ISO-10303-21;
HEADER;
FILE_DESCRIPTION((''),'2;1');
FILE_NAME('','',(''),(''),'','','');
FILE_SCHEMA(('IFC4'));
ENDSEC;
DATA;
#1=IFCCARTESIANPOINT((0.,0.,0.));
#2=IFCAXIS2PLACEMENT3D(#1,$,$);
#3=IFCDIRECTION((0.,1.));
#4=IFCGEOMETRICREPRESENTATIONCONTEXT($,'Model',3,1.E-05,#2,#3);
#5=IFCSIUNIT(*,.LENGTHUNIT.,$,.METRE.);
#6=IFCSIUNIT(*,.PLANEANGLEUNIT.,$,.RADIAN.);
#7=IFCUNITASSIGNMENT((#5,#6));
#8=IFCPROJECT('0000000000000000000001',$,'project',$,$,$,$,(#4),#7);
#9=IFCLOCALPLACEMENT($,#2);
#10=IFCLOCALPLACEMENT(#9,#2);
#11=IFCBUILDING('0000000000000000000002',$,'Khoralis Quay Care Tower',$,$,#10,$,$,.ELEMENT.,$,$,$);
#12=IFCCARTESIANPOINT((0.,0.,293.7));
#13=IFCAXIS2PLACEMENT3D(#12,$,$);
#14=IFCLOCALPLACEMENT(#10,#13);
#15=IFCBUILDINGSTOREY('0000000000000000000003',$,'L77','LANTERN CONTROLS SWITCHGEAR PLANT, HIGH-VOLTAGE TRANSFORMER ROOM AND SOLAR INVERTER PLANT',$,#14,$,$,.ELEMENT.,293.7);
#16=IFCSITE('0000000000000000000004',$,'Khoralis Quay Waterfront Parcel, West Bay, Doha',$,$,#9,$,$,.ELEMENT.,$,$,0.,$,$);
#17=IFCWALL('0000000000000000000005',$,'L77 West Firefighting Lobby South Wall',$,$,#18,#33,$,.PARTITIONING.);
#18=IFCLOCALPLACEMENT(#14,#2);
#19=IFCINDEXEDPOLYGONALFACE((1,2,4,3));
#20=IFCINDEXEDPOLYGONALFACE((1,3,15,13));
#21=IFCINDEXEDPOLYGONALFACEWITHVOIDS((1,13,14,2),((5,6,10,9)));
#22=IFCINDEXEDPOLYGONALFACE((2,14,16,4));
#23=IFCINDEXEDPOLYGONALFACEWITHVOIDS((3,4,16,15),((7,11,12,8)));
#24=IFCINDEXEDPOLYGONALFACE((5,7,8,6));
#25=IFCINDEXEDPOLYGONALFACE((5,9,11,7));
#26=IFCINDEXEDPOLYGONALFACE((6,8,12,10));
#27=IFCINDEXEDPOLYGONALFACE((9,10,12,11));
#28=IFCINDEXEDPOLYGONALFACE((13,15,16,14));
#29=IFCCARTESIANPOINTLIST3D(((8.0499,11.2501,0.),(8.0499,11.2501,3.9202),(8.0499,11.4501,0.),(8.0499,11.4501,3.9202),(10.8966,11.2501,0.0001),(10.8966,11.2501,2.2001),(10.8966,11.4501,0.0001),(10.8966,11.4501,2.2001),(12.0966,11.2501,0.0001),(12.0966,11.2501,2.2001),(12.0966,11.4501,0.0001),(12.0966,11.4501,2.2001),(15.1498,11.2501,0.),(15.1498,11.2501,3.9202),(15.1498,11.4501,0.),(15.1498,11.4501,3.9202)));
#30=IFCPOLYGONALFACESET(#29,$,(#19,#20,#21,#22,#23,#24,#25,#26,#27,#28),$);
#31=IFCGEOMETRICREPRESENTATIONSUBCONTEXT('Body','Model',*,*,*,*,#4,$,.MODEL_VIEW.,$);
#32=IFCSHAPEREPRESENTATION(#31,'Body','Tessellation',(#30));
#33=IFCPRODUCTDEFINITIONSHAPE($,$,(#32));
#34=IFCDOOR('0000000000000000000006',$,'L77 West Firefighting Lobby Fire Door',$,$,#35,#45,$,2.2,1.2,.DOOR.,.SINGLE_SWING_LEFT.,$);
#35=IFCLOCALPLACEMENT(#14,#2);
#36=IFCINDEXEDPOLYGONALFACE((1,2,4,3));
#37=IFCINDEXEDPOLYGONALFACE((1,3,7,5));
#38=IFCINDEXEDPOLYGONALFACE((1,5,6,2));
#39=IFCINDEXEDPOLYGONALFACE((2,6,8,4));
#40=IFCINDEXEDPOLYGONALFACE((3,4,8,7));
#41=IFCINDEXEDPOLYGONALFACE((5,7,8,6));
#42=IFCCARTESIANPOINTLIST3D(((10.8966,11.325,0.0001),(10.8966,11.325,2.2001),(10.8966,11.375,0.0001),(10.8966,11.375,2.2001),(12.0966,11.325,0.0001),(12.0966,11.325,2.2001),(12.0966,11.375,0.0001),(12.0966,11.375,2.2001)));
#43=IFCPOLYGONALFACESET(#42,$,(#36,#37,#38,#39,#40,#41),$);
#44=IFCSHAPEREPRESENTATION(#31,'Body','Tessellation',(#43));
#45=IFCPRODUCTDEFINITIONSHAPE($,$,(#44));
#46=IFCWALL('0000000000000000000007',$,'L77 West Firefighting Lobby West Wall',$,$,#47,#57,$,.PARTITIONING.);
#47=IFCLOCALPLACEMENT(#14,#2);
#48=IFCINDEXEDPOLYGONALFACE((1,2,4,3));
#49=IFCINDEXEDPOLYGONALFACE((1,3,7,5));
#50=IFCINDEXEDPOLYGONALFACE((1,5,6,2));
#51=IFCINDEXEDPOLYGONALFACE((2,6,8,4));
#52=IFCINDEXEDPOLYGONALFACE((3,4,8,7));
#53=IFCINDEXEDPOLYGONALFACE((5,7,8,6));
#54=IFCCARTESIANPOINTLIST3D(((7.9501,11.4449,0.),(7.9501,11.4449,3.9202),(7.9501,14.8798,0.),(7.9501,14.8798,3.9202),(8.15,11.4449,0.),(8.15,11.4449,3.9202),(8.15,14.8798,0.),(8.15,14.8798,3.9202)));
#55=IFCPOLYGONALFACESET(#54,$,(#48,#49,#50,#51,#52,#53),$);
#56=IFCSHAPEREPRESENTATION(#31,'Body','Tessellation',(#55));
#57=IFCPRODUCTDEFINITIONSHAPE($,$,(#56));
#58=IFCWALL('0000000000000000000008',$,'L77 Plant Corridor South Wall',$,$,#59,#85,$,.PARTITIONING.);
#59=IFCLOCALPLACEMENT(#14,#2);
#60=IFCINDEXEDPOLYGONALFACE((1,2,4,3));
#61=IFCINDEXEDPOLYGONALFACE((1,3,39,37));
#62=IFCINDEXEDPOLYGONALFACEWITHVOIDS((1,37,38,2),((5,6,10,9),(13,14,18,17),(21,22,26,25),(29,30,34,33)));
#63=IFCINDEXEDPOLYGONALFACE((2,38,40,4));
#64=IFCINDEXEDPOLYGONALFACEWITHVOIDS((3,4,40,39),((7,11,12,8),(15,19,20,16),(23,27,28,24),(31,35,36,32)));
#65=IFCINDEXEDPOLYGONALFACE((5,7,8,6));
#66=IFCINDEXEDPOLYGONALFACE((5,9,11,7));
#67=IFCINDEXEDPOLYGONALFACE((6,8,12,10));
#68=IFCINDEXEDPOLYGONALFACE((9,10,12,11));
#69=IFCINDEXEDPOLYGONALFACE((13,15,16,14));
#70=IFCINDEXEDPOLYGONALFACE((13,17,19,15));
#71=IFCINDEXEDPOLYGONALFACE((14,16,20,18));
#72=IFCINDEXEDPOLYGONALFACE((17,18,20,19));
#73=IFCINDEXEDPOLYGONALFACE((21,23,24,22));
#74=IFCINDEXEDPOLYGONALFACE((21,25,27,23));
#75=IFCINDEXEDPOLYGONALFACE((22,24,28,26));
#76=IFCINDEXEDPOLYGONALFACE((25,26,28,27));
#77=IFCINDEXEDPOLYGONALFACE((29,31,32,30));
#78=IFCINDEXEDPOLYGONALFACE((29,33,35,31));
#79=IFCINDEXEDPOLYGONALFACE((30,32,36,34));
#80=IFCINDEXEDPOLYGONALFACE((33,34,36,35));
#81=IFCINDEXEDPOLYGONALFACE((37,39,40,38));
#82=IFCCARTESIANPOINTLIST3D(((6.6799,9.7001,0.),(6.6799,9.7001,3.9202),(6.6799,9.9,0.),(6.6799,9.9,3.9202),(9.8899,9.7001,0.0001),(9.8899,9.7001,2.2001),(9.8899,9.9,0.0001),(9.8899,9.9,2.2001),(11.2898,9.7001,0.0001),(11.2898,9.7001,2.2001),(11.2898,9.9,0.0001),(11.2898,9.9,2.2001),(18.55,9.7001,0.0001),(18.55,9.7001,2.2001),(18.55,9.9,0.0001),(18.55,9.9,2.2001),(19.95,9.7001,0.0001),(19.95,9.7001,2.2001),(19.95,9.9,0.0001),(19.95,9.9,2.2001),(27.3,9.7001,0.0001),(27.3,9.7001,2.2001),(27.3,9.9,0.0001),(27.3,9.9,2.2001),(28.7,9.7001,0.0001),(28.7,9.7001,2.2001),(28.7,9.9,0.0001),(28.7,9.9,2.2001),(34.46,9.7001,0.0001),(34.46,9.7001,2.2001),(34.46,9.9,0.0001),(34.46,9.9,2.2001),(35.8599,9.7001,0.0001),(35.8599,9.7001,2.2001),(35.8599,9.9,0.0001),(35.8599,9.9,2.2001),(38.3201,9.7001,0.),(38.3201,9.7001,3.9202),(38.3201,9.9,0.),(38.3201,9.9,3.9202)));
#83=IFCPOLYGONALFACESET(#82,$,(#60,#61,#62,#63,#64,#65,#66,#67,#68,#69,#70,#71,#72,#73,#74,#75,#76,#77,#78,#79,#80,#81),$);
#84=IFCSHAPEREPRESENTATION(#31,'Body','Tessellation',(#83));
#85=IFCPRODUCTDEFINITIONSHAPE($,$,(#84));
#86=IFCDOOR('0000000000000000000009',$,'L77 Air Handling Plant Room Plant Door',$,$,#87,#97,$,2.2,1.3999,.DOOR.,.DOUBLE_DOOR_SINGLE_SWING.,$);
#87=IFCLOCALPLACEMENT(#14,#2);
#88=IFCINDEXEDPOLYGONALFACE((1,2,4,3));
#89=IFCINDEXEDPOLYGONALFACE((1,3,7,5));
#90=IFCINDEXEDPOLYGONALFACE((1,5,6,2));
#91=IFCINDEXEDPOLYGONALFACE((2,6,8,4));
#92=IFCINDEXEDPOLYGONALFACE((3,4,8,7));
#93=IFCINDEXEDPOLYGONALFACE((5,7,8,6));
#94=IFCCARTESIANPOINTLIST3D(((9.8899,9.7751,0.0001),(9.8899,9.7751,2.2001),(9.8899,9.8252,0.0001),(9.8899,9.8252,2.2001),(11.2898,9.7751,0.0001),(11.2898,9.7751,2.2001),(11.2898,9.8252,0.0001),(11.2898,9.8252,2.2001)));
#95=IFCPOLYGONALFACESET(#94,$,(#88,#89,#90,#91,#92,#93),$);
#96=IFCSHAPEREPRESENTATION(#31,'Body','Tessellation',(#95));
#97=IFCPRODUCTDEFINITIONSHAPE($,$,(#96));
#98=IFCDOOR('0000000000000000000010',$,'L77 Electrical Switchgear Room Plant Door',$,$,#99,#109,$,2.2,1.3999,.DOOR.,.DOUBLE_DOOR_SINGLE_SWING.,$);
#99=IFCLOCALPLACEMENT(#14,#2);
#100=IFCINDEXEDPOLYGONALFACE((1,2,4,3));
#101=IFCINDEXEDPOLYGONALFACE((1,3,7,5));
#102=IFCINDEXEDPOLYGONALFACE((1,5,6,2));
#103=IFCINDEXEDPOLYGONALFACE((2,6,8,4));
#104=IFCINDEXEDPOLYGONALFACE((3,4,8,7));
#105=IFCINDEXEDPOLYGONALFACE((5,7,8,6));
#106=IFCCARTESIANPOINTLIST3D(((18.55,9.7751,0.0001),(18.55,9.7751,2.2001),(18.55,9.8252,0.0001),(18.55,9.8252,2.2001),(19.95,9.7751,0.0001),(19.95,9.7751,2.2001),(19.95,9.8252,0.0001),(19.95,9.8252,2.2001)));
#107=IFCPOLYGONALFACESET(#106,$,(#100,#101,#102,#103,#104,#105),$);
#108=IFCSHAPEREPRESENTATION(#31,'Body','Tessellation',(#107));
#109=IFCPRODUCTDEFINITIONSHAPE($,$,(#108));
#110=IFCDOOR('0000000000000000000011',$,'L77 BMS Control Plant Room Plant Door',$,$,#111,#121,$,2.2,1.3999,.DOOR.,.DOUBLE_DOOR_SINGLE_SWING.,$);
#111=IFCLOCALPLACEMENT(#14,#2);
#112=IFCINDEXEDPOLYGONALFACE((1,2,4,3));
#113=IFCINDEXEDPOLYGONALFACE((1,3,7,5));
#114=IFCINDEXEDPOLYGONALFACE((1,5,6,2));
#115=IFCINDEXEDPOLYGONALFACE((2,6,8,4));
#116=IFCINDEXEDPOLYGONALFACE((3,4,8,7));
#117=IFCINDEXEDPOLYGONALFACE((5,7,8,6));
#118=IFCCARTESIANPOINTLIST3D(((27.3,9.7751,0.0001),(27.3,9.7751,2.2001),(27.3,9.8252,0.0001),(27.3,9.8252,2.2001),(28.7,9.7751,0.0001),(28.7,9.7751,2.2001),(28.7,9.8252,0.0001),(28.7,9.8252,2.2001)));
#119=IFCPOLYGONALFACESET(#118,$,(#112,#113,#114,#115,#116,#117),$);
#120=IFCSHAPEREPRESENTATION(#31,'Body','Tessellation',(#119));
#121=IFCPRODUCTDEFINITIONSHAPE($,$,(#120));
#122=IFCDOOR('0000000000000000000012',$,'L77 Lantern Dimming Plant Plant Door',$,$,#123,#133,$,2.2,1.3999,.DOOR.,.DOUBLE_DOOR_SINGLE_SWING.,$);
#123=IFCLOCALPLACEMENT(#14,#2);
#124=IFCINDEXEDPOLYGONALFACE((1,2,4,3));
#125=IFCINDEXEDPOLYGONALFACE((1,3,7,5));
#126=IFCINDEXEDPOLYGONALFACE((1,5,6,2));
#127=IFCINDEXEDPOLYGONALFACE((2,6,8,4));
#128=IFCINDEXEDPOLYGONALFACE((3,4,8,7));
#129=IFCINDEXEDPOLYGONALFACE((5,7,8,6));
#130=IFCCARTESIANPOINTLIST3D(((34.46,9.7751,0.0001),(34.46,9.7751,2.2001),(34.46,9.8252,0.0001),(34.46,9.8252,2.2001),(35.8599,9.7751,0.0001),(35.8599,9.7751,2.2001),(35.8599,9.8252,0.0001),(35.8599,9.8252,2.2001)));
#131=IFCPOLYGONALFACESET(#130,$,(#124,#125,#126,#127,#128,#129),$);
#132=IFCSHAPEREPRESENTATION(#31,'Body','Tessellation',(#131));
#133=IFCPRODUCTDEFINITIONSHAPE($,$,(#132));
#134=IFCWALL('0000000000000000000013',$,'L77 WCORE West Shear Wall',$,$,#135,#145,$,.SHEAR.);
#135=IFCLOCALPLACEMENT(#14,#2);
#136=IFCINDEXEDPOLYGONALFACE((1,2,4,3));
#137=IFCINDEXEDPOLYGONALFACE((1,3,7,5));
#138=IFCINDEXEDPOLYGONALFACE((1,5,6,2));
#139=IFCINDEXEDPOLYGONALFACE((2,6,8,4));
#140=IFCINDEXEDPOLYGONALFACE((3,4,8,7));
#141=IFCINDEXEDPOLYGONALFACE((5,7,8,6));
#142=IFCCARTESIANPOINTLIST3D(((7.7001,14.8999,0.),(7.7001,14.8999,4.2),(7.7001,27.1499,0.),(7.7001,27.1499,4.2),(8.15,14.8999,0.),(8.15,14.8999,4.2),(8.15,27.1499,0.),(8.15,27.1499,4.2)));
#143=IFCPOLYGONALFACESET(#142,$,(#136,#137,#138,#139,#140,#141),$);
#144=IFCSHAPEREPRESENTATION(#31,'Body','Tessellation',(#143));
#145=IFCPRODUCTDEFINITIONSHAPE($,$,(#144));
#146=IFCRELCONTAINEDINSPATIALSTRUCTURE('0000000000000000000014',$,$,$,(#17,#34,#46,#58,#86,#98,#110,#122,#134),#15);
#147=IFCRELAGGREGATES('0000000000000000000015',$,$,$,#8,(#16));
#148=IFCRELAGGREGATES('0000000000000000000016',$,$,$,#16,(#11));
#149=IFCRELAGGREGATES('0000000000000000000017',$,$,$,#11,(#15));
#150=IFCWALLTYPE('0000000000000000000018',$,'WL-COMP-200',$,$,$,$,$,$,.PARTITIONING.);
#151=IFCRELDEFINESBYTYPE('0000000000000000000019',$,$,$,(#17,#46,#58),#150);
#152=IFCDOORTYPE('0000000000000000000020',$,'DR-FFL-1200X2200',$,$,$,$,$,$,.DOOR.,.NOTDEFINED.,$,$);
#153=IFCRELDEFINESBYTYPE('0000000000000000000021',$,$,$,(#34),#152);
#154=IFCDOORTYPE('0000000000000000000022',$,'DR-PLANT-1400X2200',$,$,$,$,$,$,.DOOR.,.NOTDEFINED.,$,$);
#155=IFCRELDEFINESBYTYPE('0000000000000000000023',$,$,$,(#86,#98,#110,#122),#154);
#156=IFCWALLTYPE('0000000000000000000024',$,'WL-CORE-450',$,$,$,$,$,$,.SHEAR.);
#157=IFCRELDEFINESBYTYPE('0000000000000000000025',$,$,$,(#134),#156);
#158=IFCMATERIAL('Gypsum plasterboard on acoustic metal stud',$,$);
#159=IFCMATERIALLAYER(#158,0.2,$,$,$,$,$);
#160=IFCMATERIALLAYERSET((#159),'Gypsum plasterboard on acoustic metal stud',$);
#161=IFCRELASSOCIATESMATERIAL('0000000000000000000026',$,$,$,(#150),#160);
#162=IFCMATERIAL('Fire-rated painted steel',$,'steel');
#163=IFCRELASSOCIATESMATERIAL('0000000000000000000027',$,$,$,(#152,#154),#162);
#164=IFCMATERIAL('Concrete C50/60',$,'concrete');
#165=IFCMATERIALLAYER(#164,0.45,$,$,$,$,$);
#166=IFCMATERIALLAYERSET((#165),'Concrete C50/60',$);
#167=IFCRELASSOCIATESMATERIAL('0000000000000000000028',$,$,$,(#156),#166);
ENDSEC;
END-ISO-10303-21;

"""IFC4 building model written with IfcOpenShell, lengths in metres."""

from ifc_helpers import new_model, si_unit, direction, frame, frame_2d, origin, place, context, subcontext, project, spatial, rectangle, extrude, source, transform, mapped, material, layer, layer_set, type_object, element, fill, save


model = new_model("IFC4")

# Units and contexts
model_context = context("Model", 3, precision=1e-05, world=origin(), true_north=direction((0.0, 1.0)))
body_context = subcontext(model_context, "Body", "Model", "MODEL_VIEW")
ifc_project = project(units=[si_unit("LENGTHUNIT", "METRE"), si_unit("PLANEANGLEUNIT", "RADIAN")], contexts=[model_context])

# Site, building, storey
site_placement = place(None, origin())
site = spatial("IfcSite", under=ifc_project, at=site_placement, Name="Khoralis Quay Waterfront Parcel, West Bay, Doha", CompositionType="ELEMENT", RefElevation=0.0)
building_placement = place(site_placement, origin())
building = spatial("IfcBuilding", under=site, at=building_placement, Name="Khoralis Quay Care Tower", CompositionType="ELEMENT")
storey_placement = place(building_placement, frame((0.0, 0.0, 293.7)))
storey = spatial("IfcBuildingStorey", under=building, at=storey_placement, Name="L77", Description="LANTERN CONTROLS SWITCHGEAR PLANT, HIGH-VOLTAGE TRANSFORMER ROOM AND SOLAR INVERTER PLANT", CompositionType="ELEMENT", Elevation=293.7)

# Wall, opening, door
ifc_material_1 = material(Name="Gypsum plasterboard on acoustic metal stud")
ifc_layer_1 = layer(ifc_material_1, 0.2)
ifc_layer_set_1 = layer_set([ifc_layer_1], Name="Gypsum plasterboard on acoustic metal stud")
wall_type_1 = type_object("IfcWallType", Name="WL-COMP-200", PredefinedType="PARTITIONING", material=ifc_layer_set_1)
wall_1_placement = place(storey_placement, frame((8.05, 11.3501, 0.0), z_axis=(0.0, 0.0, 1.0), x_axis=(1.0, 0.0, 0.0)))
wall_1 = element("IfcWall", 1, at=wall_1_placement, inside=storey, type_object=wall_type_1, Name="L77 West Firefighting Lobby South Wall", PredefinedType="PARTITIONING", context=body_context, shape_type="SweptSolid", body=[
    extrude(rectangle(XDim=7.0999, YDim=0.2, at=frame_2d((3.5498, 0.0))), origin(), (0.0, 0.0, 1.0), 3.9202),
])
opening_1_placement = place(wall_1_placement, frame((2.8464, 0.0, 0.0)))
opening_1 = element("IfcOpeningElement", 2, at=opening_1_placement, cuts=wall_1, PredefinedType="OPENING", context=body_context, shape_type="SweptSolid", body=[
    extrude(rectangle(XDim=1.2, YDim=2.2, at=frame_2d((0.6001, 1.1001))), frame((0.0, 0.1099, 0.0), z_axis=(0.0, -1.0, 0.0), x_axis=(1.0, 0.0, 0.0)), (0.0, 0.0, 1.0), 0.22),
])
ifc_material_2 = material(Name="Fire-rated painted steel", Category="steel")
door_type_1 = type_object("IfcDoorType", Name="DR-FFL-1200X2200", OperationType="NOTDEFINED", PredefinedType="DOOR", material=ifc_material_2)
shared_shape_1 = source(origin(), body_context, "Body", "SweptSolid", [
    extrude(rectangle(XDim=1.2, YDim=2.2, at=frame_2d((0.6001, 1.1001))), frame((0.0, 0.0249, 0.0), z_axis=(0.0, -1.0, 0.0), x_axis=(1.0, 0.0, 0.0)), (0.0, 0.0, 1.0), 0.05),
])
door_1_placement = place(opening_1_placement, origin())
door_1 = element("IfcDoor", 3, at=door_1_placement, inside=storey, type_object=door_type_1, Name="L77 West Firefighting Lobby Fire Door", OperationType="SINGLE_SWING_LEFT", OverallHeight=2.2, OverallWidth=1.2, PredefinedType="DOOR", context=body_context, shape_type="MappedRepresentation", body=[
    mapped(shared_shape_1, transform((0.0, 0.0, 0.0), scale=1.0)),
])
fill(opening_1, door_1)

# Wall
wall_2_placement = place(storey_placement, frame((8.05, 11.4451, 0.0), z_axis=(0.0, 0.0, 1.0), x_axis=(0.0, 1.0, 0.0)))
element("IfcWall", 4, at=wall_2_placement, inside=storey, type_object=wall_type_1, Name="L77 West Firefighting Lobby West Wall", PredefinedType="PARTITIONING", context=body_context, shape_type="SweptSolid", body=[
    extrude(rectangle(XDim=3.4348, YDim=0.2, at=frame_2d((1.7173, 0.0))), origin(), (0.0, 0.0, 1.0), 3.9202),
])

# Wall, openings, doors
wall_3_placement = place(storey_placement, frame((6.6799, 9.8, 0.0), z_axis=(0.0, 0.0, 1.0), x_axis=(1.0, 0.0, 0.0)))
wall_3 = element("IfcWall", 5, at=wall_3_placement, inside=storey, type_object=wall_type_1, Name="L77 Plant Corridor South Wall", PredefinedType="PARTITIONING", context=body_context, shape_type="SweptSolid", body=[
    extrude(rectangle(XDim=31.6401, YDim=0.2, at=frame_2d((15.8201, 0.0))), origin(), (0.0, 0.0, 1.0), 3.9202),
])
opening_2_placement = place(wall_3_placement, frame((3.21, 0.0, 0.0)))
opening_2 = element("IfcOpeningElement", 6, at=opening_2_placement, cuts=wall_3, PredefinedType="OPENING", context=body_context, shape_type="SweptSolid", body=[
    extrude(rectangle(XDim=1.3999, YDim=2.2, at=frame_2d((0.7, 1.1001))), frame((0.0, 0.1099, 0.0), z_axis=(0.0, -1.0, 0.0), x_axis=(1.0, 0.0, 0.0)), (0.0, 0.0, 1.0), 0.22),
])
opening_3_placement = place(wall_3_placement, frame((11.8701, 0.0, 0.0)))
opening_3 = element("IfcOpeningElement", 7, at=opening_3_placement, cuts=wall_3, PredefinedType="OPENING", context=body_context, shape_type="SweptSolid", body=[
    extrude(rectangle(XDim=1.3999, YDim=2.2, at=frame_2d((0.7, 1.1001))), frame((0.0, 0.1099, 0.0), z_axis=(0.0, -1.0, 0.0), x_axis=(1.0, 0.0, 0.0)), (0.0, 0.0, 1.0), 0.22),
])
opening_4_placement = place(wall_3_placement, frame((20.6201, 0.0, 0.0)))
opening_4 = element("IfcOpeningElement", 8, at=opening_4_placement, cuts=wall_3, PredefinedType="OPENING", context=body_context, shape_type="SweptSolid", body=[
    extrude(rectangle(XDim=1.3999, YDim=2.2, at=frame_2d((0.7, 1.1001))), frame((0.0, 0.1099, 0.0), z_axis=(0.0, -1.0, 0.0), x_axis=(1.0, 0.0, 0.0)), (0.0, 0.0, 1.0), 0.22),
])
opening_5_placement = place(wall_3_placement, frame((27.78, 0.0, 0.0)))
opening_5 = element("IfcOpeningElement", 9, at=opening_5_placement, cuts=wall_3, PredefinedType="OPENING", context=body_context, shape_type="SweptSolid", body=[
    extrude(rectangle(XDim=1.3999, YDim=2.2, at=frame_2d((0.7, 1.1001))), frame((0.0, 0.1099, 0.0), z_axis=(0.0, -1.0, 0.0), x_axis=(1.0, 0.0, 0.0)), (0.0, 0.0, 1.0), 0.22),
])
door_type_2 = type_object("IfcDoorType", Name="DR-PLANT-1400X2200", OperationType="NOTDEFINED", PredefinedType="DOOR", material=ifc_material_2)
shared_shape_2 = source(origin(), body_context, "Body", "SweptSolid", [
    extrude(rectangle(XDim=1.3999, YDim=2.2, at=frame_2d((0.7, 1.1001))), frame((0.0, 0.0249, 0.0), z_axis=(0.0, -1.0, 0.0), x_axis=(1.0, 0.0, 0.0)), (0.0, 0.0, 1.0), 0.05),
])
door_2_placement = place(opening_2_placement, frame((1.3999, 0.0, 0.0), z_axis=(0.0, 0.0, 1.0), x_axis=(-1.0, 0.0, 0.0)))
door_2 = element("IfcDoor", 10, at=door_2_placement, inside=storey, type_object=door_type_2, Name="L77 Air Handling Plant Room Plant Door", OperationType="DOUBLE_DOOR_SINGLE_SWING", OverallHeight=2.2, OverallWidth=1.3999, PredefinedType="DOOR", context=body_context, shape_type="MappedRepresentation", body=[
    mapped(shared_shape_2, transform((0.0, 0.0, 0.0), scale=1.0)),
])
fill(opening_2, door_2)
door_3_placement = place(opening_3_placement, frame((1.3999, 0.0, 0.0), z_axis=(0.0, 0.0, 1.0), x_axis=(-1.0, 0.0, 0.0)))
door_3 = element("IfcDoor", 11, at=door_3_placement, inside=storey, type_object=door_type_2, Name="L77 Electrical Switchgear Room Plant Door", OperationType="DOUBLE_DOOR_SINGLE_SWING", OverallHeight=2.2, OverallWidth=1.3999, PredefinedType="DOOR", context=body_context, shape_type="MappedRepresentation", body=[
    mapped(shared_shape_2, transform((0.0, 0.0, 0.0), scale=1.0)),
])
fill(opening_3, door_3)
door_4_placement = place(opening_4_placement, frame((1.3999, 0.0, 0.0), z_axis=(0.0, 0.0, 1.0), x_axis=(-1.0, 0.0, 0.0)))
door_4 = element("IfcDoor", 12, at=door_4_placement, inside=storey, type_object=door_type_2, Name="L77 BMS Control Plant Room Plant Door", OperationType="DOUBLE_DOOR_SINGLE_SWING", OverallHeight=2.2, OverallWidth=1.3999, PredefinedType="DOOR", context=body_context, shape_type="MappedRepresentation", body=[
    mapped(shared_shape_2, transform((0.0, 0.0, 0.0), scale=1.0)),
])
fill(opening_4, door_4)
door_5_placement = place(opening_5_placement, frame((1.3999, 0.0, 0.0), z_axis=(0.0, 0.0, 1.0), x_axis=(-1.0, 0.0, 0.0)))
door_5 = element("IfcDoor", 13, at=door_5_placement, inside=storey, type_object=door_type_2, Name="L77 Lantern Dimming Plant Plant Door", OperationType="DOUBLE_DOOR_SINGLE_SWING", OverallHeight=2.2, OverallWidth=1.3999, PredefinedType="DOOR", context=body_context, shape_type="MappedRepresentation", body=[
    mapped(shared_shape_2, transform((0.0, 0.0, 0.0), scale=1.0)),
])
fill(opening_5, door_5)

# Wall
ifc_material_3 = material(Name="Concrete C50/60", Category="concrete")
ifc_layer_2 = layer(ifc_material_3, 0.45)
ifc_layer_set_2 = layer_set([ifc_layer_2], Name="Concrete C50/60")
wall_type_2 = type_object("IfcWallType", Name="WL-CORE-450", PredefinedType="SHEAR", material=ifc_layer_set_2)
wall_4_placement = place(storey_placement, frame((7.925, 14.8999, 0.0), z_axis=(0.0, 0.0, 1.0), x_axis=(0.0, 1.0, 0.0)))
element("IfcWall", 14, at=wall_4_placement, inside=storey, type_object=wall_type_2, Name="L77 WCORE West Shear Wall", PredefinedType="SHEAR", context=body_context, shape_type="SweptSolid", body=[
    extrude(rectangle(XDim=12.25, YDim=0.45, at=frame_2d((6.125, 0.0))), origin(), (0.0, 0.0, 1.0), 4.2),
])

save(model, "model.ifc")
